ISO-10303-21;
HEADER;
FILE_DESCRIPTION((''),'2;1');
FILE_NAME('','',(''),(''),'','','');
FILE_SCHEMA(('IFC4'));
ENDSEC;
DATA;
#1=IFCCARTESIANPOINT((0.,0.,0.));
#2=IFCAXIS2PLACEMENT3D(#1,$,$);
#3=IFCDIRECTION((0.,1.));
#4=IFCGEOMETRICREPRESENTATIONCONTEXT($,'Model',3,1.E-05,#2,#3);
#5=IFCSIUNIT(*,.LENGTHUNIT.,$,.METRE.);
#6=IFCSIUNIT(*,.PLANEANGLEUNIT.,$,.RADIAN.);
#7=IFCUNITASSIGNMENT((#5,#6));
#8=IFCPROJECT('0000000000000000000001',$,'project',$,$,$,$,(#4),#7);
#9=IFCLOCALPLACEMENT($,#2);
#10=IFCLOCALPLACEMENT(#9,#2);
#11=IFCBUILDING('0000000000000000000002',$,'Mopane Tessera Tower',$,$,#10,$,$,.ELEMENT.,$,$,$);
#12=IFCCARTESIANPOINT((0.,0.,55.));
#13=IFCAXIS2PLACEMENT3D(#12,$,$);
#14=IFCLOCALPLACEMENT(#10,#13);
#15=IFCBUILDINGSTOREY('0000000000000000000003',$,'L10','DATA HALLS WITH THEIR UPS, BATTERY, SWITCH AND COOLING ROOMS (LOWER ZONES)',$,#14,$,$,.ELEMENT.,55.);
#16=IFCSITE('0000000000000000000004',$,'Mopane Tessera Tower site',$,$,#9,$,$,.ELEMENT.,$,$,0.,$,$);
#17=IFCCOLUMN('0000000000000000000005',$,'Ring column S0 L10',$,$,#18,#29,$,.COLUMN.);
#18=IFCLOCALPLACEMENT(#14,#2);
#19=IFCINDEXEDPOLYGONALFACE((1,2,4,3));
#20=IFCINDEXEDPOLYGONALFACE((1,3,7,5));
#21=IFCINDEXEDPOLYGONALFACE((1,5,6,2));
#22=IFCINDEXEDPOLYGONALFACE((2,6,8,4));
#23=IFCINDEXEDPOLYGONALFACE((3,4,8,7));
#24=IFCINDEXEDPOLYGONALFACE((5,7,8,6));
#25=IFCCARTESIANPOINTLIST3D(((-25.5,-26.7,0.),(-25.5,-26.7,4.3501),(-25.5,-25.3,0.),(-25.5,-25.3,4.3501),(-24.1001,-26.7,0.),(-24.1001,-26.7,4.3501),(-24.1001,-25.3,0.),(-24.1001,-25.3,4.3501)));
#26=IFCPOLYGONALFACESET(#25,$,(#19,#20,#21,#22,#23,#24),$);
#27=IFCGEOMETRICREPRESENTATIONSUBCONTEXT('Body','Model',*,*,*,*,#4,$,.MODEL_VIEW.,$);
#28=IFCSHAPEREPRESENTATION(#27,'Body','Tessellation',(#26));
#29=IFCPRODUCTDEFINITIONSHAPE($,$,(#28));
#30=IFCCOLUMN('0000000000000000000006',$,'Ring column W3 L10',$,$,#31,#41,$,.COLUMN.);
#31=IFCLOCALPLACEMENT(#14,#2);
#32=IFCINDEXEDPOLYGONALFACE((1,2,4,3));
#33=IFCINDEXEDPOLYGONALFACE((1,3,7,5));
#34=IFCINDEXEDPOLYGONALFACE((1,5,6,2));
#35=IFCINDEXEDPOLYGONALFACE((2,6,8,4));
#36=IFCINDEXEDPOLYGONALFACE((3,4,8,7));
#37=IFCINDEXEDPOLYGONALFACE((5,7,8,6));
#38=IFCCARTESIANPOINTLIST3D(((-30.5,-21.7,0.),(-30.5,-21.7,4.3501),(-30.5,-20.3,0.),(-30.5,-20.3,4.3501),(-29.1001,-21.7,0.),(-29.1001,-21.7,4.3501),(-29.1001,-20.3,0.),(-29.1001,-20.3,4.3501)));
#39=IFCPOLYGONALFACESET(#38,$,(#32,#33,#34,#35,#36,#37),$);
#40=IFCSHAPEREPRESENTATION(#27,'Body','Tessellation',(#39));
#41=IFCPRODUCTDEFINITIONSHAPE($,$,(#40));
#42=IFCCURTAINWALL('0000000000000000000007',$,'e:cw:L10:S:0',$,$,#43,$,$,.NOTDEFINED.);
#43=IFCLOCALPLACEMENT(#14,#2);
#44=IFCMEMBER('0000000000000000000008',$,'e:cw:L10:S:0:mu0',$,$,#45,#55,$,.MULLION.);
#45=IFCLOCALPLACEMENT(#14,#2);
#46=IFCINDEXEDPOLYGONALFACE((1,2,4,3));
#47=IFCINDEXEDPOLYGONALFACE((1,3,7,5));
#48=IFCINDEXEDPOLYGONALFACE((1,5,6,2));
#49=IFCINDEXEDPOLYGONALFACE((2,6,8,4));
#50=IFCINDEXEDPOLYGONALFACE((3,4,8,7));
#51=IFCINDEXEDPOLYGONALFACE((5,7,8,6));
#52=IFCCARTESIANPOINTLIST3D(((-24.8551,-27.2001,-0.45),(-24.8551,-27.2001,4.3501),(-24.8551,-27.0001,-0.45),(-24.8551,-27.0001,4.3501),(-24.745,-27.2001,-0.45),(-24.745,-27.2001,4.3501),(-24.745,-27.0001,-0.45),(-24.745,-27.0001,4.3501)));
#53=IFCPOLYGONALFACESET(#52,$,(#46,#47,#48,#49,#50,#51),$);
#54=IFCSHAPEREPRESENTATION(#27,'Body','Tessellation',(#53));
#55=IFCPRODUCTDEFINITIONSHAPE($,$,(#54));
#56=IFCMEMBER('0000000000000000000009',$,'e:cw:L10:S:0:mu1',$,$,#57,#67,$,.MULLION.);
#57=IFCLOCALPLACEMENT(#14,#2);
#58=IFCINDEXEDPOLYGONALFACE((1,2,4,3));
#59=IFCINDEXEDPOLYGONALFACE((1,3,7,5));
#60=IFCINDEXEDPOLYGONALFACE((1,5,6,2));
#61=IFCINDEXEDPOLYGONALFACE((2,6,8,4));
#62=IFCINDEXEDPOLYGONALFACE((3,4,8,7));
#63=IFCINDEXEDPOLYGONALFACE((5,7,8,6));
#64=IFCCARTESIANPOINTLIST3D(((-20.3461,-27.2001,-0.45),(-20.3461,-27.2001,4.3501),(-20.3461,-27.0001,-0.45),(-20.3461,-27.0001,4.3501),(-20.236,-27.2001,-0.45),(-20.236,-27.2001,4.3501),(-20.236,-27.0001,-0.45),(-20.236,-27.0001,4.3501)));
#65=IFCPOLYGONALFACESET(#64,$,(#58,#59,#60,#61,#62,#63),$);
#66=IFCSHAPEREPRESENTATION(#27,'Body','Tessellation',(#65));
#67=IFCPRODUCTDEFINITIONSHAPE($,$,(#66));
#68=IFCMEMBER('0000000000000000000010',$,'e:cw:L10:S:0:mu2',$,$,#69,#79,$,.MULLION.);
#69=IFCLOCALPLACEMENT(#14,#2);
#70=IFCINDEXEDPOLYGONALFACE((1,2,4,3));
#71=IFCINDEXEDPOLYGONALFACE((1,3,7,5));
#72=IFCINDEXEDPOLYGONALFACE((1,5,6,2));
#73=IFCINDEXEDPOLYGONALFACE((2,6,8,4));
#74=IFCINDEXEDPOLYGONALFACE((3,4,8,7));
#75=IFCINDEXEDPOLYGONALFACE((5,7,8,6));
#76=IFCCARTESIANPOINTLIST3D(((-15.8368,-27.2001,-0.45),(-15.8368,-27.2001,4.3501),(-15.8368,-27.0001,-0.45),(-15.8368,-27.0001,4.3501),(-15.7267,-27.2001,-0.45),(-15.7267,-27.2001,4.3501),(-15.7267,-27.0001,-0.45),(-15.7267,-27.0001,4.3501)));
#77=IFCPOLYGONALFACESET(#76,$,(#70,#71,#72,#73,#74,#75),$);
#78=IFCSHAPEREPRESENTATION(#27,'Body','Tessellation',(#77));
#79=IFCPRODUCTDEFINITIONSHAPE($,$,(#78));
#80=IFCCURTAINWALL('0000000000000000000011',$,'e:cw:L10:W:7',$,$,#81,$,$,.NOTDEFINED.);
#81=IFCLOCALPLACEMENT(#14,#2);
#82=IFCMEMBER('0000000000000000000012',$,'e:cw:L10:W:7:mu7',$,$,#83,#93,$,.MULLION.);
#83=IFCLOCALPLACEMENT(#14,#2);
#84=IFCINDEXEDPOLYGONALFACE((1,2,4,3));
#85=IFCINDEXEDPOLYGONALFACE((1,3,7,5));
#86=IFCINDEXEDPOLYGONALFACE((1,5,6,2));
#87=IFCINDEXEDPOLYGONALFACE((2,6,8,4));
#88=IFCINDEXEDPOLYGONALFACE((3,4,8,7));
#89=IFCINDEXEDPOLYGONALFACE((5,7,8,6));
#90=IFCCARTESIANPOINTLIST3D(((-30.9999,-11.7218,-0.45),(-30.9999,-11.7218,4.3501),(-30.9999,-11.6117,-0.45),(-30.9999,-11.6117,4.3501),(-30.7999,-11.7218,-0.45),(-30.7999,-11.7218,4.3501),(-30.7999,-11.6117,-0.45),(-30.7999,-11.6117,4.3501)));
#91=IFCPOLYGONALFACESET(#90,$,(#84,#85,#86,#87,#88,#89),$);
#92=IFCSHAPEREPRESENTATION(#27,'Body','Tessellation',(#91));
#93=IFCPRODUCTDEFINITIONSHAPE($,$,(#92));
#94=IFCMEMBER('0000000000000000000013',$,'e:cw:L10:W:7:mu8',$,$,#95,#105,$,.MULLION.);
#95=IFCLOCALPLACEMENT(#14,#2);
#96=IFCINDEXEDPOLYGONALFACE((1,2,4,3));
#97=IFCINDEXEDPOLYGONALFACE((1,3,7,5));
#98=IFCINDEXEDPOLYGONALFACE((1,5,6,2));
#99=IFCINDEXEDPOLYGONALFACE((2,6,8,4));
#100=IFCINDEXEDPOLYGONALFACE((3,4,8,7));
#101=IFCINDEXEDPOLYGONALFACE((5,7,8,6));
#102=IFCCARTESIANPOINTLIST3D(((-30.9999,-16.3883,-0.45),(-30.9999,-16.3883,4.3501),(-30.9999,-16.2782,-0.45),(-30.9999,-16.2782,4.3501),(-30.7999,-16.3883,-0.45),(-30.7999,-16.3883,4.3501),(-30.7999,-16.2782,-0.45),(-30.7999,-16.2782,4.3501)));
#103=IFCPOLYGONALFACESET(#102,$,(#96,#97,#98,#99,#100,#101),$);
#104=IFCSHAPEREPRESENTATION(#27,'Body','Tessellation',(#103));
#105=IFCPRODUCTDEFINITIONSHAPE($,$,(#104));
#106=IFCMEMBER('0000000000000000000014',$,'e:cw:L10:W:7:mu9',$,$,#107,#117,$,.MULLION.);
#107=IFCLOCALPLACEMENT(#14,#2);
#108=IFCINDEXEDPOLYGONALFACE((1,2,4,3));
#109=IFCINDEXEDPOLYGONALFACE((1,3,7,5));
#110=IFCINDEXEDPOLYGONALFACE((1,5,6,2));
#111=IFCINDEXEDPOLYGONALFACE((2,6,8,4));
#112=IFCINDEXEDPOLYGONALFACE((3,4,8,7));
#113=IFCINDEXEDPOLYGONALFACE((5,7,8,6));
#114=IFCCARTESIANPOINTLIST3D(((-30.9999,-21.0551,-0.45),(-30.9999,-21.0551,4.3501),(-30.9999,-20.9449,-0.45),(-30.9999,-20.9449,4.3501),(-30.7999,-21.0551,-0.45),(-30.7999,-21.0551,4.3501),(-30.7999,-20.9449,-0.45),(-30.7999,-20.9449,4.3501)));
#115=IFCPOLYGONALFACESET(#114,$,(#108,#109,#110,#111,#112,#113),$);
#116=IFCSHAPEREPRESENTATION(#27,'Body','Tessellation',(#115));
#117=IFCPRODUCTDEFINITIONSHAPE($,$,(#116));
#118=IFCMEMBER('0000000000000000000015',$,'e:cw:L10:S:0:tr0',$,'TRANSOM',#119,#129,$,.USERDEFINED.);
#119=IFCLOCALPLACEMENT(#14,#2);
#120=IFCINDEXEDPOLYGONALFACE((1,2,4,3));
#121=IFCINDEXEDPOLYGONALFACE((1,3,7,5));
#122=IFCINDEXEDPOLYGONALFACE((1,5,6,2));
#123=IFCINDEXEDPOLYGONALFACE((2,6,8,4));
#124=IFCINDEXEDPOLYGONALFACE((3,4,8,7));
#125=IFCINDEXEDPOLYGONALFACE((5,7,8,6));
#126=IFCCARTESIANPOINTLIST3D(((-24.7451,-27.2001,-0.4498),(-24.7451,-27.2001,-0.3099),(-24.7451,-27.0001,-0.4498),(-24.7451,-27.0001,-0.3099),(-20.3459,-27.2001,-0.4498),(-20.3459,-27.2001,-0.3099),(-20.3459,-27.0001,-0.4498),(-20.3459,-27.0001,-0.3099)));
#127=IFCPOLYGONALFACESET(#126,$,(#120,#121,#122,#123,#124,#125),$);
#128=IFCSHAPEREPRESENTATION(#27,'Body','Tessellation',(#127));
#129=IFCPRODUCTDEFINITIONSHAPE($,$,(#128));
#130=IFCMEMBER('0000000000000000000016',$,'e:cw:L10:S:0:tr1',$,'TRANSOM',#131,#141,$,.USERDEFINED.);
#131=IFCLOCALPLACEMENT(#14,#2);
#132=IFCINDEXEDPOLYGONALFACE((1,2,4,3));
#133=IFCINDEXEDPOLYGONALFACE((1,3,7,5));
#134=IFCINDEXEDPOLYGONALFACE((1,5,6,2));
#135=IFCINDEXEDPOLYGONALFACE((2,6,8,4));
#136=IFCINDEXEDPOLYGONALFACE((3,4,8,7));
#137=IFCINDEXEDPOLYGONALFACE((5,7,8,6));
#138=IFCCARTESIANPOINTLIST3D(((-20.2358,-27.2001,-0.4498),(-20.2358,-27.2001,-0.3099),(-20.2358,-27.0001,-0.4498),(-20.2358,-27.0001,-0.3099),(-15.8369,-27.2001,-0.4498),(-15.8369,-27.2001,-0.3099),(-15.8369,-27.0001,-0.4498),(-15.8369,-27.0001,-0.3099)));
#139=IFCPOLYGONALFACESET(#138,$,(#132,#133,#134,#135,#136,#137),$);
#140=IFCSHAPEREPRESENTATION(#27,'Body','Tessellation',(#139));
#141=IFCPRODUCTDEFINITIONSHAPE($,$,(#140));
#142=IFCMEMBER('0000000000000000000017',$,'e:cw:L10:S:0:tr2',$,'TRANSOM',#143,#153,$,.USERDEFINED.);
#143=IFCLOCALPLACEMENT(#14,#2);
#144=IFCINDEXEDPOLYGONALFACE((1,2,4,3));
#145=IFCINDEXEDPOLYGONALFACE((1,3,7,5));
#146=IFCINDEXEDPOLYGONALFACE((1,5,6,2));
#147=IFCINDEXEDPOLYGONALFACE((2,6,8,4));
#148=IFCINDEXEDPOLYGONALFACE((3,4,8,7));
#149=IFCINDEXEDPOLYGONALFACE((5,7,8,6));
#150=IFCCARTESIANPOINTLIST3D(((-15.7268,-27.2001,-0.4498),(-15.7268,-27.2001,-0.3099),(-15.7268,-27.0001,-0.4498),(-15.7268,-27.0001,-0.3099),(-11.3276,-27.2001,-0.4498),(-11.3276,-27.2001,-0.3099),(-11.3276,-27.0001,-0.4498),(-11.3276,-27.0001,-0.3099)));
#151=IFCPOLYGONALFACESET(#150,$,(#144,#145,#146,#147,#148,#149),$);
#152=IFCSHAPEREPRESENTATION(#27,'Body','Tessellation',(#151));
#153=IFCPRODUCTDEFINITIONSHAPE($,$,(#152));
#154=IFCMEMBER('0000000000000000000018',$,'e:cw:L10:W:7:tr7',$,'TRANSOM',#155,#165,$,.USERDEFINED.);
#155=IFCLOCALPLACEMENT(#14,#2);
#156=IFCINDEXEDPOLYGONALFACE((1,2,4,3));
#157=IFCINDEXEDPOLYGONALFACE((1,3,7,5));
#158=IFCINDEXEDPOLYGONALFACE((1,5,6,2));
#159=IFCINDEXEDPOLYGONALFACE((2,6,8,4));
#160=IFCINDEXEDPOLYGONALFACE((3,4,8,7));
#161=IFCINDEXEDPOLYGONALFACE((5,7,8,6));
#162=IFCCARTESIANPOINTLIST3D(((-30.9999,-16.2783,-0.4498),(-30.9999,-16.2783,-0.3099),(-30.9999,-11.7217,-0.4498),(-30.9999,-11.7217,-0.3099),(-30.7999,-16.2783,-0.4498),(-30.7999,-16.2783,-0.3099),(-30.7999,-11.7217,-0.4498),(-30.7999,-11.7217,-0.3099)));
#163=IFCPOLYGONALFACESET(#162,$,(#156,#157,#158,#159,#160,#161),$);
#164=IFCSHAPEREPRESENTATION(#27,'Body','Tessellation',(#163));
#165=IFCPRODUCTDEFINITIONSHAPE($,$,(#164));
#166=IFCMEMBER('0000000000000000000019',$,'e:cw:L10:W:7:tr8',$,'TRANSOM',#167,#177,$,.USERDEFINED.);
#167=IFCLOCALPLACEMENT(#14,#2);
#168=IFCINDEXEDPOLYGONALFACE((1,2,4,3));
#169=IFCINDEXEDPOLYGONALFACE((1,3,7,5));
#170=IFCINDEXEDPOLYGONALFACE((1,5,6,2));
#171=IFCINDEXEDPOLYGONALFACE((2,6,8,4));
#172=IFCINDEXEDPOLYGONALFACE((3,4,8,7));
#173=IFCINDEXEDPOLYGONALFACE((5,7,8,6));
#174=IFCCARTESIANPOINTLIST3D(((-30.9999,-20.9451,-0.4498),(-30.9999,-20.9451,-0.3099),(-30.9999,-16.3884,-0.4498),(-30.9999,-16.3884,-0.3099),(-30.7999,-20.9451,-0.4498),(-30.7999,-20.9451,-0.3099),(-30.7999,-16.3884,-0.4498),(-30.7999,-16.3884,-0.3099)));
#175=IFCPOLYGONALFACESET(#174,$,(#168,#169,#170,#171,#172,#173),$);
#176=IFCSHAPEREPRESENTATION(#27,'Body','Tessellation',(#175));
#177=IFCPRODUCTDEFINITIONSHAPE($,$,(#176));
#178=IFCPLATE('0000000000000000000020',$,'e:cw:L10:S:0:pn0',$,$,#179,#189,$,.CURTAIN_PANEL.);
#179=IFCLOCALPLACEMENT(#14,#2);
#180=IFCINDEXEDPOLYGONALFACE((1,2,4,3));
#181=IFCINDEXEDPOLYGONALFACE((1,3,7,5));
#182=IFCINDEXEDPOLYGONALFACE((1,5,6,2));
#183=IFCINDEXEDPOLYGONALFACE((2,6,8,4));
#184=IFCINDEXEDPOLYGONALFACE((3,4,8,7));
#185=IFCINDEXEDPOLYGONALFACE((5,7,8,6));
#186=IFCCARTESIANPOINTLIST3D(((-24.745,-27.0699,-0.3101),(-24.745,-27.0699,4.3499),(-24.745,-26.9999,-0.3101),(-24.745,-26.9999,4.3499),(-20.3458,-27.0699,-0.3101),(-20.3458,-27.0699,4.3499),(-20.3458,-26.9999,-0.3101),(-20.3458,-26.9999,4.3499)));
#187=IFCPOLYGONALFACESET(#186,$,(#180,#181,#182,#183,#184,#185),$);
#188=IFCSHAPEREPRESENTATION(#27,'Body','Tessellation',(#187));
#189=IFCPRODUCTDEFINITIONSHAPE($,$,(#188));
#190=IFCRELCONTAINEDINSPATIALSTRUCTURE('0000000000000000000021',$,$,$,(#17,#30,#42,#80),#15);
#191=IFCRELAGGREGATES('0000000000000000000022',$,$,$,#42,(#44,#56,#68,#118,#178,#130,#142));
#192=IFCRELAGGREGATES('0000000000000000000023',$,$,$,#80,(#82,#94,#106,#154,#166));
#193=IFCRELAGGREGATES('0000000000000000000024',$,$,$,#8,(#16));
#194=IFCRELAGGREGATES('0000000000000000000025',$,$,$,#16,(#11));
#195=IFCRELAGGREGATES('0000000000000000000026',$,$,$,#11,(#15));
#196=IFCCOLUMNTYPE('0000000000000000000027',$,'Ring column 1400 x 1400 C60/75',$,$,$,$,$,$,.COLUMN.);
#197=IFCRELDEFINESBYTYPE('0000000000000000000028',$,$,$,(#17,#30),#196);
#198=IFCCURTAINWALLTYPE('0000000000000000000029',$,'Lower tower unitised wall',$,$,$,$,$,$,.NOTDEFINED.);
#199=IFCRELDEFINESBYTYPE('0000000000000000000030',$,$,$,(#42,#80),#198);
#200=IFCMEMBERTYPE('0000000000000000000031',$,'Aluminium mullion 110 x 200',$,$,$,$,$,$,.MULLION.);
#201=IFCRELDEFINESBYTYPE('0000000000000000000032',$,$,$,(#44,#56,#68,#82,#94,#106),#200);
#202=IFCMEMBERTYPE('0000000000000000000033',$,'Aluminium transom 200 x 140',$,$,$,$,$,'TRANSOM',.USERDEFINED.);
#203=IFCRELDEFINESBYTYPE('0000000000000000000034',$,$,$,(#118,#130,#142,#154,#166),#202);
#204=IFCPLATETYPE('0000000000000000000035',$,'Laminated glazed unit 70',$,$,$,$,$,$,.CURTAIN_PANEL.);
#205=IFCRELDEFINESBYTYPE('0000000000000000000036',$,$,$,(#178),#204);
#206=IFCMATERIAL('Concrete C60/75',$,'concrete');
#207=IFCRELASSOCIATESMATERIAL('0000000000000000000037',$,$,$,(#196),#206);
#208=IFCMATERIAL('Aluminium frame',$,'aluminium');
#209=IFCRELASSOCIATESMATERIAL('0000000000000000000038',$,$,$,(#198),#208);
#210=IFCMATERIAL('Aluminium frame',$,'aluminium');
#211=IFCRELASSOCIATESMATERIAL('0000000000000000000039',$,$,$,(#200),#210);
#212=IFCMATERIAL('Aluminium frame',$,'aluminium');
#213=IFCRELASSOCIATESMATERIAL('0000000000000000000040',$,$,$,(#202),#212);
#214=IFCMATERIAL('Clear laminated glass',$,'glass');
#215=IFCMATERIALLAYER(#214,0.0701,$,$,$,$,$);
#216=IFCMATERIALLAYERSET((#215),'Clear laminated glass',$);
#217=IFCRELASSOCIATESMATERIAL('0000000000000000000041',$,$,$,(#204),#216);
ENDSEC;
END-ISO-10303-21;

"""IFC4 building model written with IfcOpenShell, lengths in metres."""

from ifc_helpers import new_model, si_unit, direction, frame, origin, origin_2d, place, context, subcontext, project, spatial, rectangle, extrude, material, layer, layer_set, material_profile, profile_set, type_object, element, aggregate, save


model = new_model("IFC4")

# Units and contexts
model_context = context("Model", 3, precision=1e-05, world=origin(), true_north=direction((0.0, 1.0)))
body_context = subcontext(model_context, "Body", "Model", "MODEL_VIEW")
ifc_project = project(units=[si_unit("LENGTHUNIT", "METRE"), si_unit("PLANEANGLEUNIT", "RADIAN")], contexts=[model_context])

# Site, building, storey
site_placement = place(None, origin())
site = spatial("IfcSite", under=ifc_project, at=site_placement, Name="Mopane Tessera Tower site", CompositionType="ELEMENT", RefElevation=0.0)
building_placement = place(site_placement, origin())
building = spatial("IfcBuilding", under=site, at=building_placement, Name="Mopane Tessera Tower", CompositionType="ELEMENT")
storey_placement = place(building_placement, frame((0.0, 0.0, 55.0)))
storey = spatial("IfcBuildingStorey", under=building, at=storey_placement, Name="L10", Description="DATA HALLS WITH THEIR UPS, BATTERY, SWITCH AND COOLING ROOMS (LOWER ZONES)", CompositionType="ELEMENT", Elevation=55.0)

# Columns
ifc_material_1 = material(Name="Concrete C60/75", Category="concrete")
ifc_material_profile_1 = material_profile(ifc_material_1, rectangle(XDim=1.3999, YDim=1.3999, at=origin_2d()))
ifc_profile_set_1 = profile_set([ifc_material_profile_1], Name="Concrete C60/75")
column_type = type_object("IfcColumnType", Name="Ring column 1400 x 1400 C60/75", PredefinedType="COLUMN", material=ifc_profile_set_1)
for number, where, z_axis, x_axis, name in (
    (1, (-24.8, -26.0, 0.0), (0.0, 0.0, 1.0), (1.0, 0.0, 0.0), "Ring column S0 L10"),
    (2, (-29.8, -21.0, 0.0), (0.0, 0.0, 1.0), (1.0, 0.0, 0.0), "Ring column W3 L10"),
):
    element("IfcColumn", number, at=place(storey_placement, frame(where, z_axis=z_axis, x_axis=x_axis)), inside=storey, type_object=column_type, Name=name, PredefinedType="COLUMN", context=body_context, shape_type="SweptSolid", body=[
        extrude(rectangle(XDim=1.3999, YDim=1.3999, at=origin_2d()), origin(), (0.0, 0.0, 1.0), 4.3501),
    ])

# Curtain walls, members
ifc_material_2 = material(Name="Aluminium frame", Category="aluminium")
curtain_wall_type = type_object("IfcCurtainWallType", Name="Lower tower unitised wall", PredefinedType="NOTDEFINED", material=ifc_material_2)
curtain_wall_1_placement = place(storey_placement, origin())
curtain_wall_1 = element("IfcCurtainWall", 3, at=curtain_wall_1_placement, inside=storey, type_object=curtain_wall_type, Name="e:cw:L10:S:0", PredefinedType="NOTDEFINED")
ifc_material_3 = material(Name="Aluminium frame", Category="aluminium")
ifc_material_profile_2 = material_profile(ifc_material_3, rectangle(XDim=0.1101, YDim=0.2, at=origin_2d()))
ifc_profile_set_2 = profile_set([ifc_material_profile_2], Name="Aluminium frame")
member_type_1 = type_object("IfcMemberType", Name="Aluminium mullion 110 x 200", PredefinedType="MULLION", material=ifc_profile_set_2)
member_1_placement = place(storey_placement, frame((-24.8, -27.1001, -0.45), z_axis=(0.0, 0.0, 1.0), x_axis=(1.0, 0.0, 0.0)))
member_1 = element("IfcMember", 4, at=member_1_placement, type_object=member_type_1, Name="e:cw:L10:S:0:mu0", PredefinedType="MULLION", context=body_context, shape_type="SweptSolid", body=[
    extrude(rectangle(XDim=0.1101, YDim=0.2, at=origin_2d()), origin(), (0.0, 0.0, 1.0), 4.8),
])
member_2_placement = place(storey_placement, frame((-20.291, -27.1001, -0.45), z_axis=(0.0, 0.0, 1.0), x_axis=(1.0, 0.0, 0.0)))
member_2 = element("IfcMember", 5, at=member_2_placement, type_object=member_type_1, Name="e:cw:L10:S:0:mu1", PredefinedType="MULLION", context=body_context, shape_type="SweptSolid", body=[
    extrude(rectangle(XDim=0.1101, YDim=0.2, at=origin_2d()), origin(), (0.0, 0.0, 1.0), 4.8),
])
member_3_placement = place(storey_placement, frame((-15.7817, -27.1001, -0.45), z_axis=(0.0, 0.0, 1.0), x_axis=(1.0, 0.0, 0.0)))
member_3 = element("IfcMember", 6, at=member_3_placement, type_object=member_type_1, Name="e:cw:L10:S:0:mu2", PredefinedType="MULLION", context=body_context, shape_type="SweptSolid", body=[
    extrude(rectangle(XDim=0.1101, YDim=0.2, at=origin_2d()), origin(), (0.0, 0.0, 1.0), 4.8),
])
curtain_wall_2_placement = place(storey_placement, origin())
curtain_wall_2 = element("IfcCurtainWall", 7, at=curtain_wall_2_placement, inside=storey, type_object=curtain_wall_type, Name="e:cw:L10:W:7", PredefinedType="NOTDEFINED")
member_4_placement = place(storey_placement, frame((-30.8999, -11.6667, -0.45), z_axis=(0.0, 0.0, 1.0), x_axis=(0.0, -1.0, 0.0)))
member_4 = element("IfcMember", 8, at=member_4_placement, type_object=member_type_1, Name="e:cw:L10:W:7:mu7", PredefinedType="MULLION", context=body_context, shape_type="SweptSolid", body=[
    extrude(rectangle(XDim=0.1101, YDim=0.2, at=origin_2d()), origin(), (0.0, 0.0, 1.0), 4.8),
])
member_5_placement = place(storey_placement, frame((-30.8999, -16.3333, -0.45), z_axis=(0.0, 0.0, 1.0), x_axis=(0.0, -1.0, 0.0)))
member_5 = element("IfcMember", 9, at=member_5_placement, type_object=member_type_1, Name="e:cw:L10:W:7:mu8", PredefinedType="MULLION", context=body_context, shape_type="SweptSolid", body=[
    extrude(rectangle(XDim=0.1101, YDim=0.2, at=origin_2d()), origin(), (0.0, 0.0, 1.0), 4.8),
])
member_6_placement = place(storey_placement, frame((-30.8999, -21.0, -0.45), z_axis=(0.0, 0.0, 1.0), x_axis=(0.0, -1.0, 0.0)))
member_6 = element("IfcMember", 10, at=member_6_placement, type_object=member_type_1, Name="e:cw:L10:W:7:mu9", PredefinedType="MULLION", context=body_context, shape_type="SweptSolid", body=[
    extrude(rectangle(XDim=0.1101, YDim=0.2, at=origin_2d()), origin(), (0.0, 0.0, 1.0), 4.8),
])

# Members
ifc_material_4 = material(Name="Aluminium frame", Category="aluminium")
ifc_material_profile_3 = material_profile(ifc_material_4, rectangle(XDim=0.2, YDim=0.1399, at=origin_2d()))
ifc_profile_set_3 = profile_set([ifc_material_profile_3], Name="Aluminium frame")
member_type_2 = type_object("IfcMemberType", Name="Aluminium transom 200 x 140", ElementType="TRANSOM", PredefinedType="USERDEFINED", material=ifc_profile_set_3)
member_7_placement = place(storey_placement, frame((-24.7451, -27.1001, -0.3799), z_axis=(1.0, 0.0, 0.0), x_axis=(0.0, 1.0, 0.0)))
member_7 = element("IfcMember", 11, at=member_7_placement, type_object=member_type_2, Name="e:cw:L10:S:0:tr0", ObjectType="TRANSOM", PredefinedType="USERDEFINED", context=body_context, shape_type="SweptSolid", body=[
    extrude(rectangle(XDim=0.2, YDim=0.1399, at=origin_2d()), origin(), (0.0, 0.0, 1.0), 4.3992),
])
member_8_placement = place(storey_placement, frame((-20.2358, -27.1001, -0.3799), z_axis=(1.0, 0.0, 0.0), x_axis=(0.0, 1.0, 0.0)))
member_8 = element("IfcMember", 12, at=member_8_placement, type_object=member_type_2, Name="e:cw:L10:S:0:tr1", ObjectType="TRANSOM", PredefinedType="USERDEFINED", context=body_context, shape_type="SweptSolid", body=[
    extrude(rectangle(XDim=0.2, YDim=0.1399, at=origin_2d()), origin(), (0.0, 0.0, 1.0), 4.3989),
])
member_9_placement = place(storey_placement, frame((-15.7268, -27.1001, -0.3799), z_axis=(1.0, 0.0, 0.0), x_axis=(0.0, 1.0, 0.0)))
member_9 = element("IfcMember", 13, at=member_9_placement, type_object=member_type_2, Name="e:cw:L10:S:0:tr2", ObjectType="TRANSOM", PredefinedType="USERDEFINED", context=body_context, shape_type="SweptSolid", body=[
    extrude(rectangle(XDim=0.2, YDim=0.1399, at=origin_2d()), origin(), (0.0, 0.0, 1.0), 4.3992),
])
member_10_placement = place(storey_placement, frame((-30.8999, -11.7217, -0.3799), z_axis=(0.0, -1.0, 0.0), x_axis=(1.0, 0.0, 0.0)))
member_10 = element("IfcMember", 14, at=member_10_placement, type_object=member_type_2, Name="e:cw:L10:W:7:tr7", ObjectType="TRANSOM", PredefinedType="USERDEFINED", context=body_context, shape_type="SweptSolid", body=[
    extrude(rectangle(XDim=0.2, YDim=0.1399, at=origin_2d()), origin(), (0.0, 0.0, 1.0), 4.5566),
])
member_11_placement = place(storey_placement, frame((-30.8999, -16.3884, -0.3799), z_axis=(0.0, -1.0, 0.0), x_axis=(1.0, 0.0, 0.0)))
member_11 = element("IfcMember", 15, at=member_11_placement, type_object=member_type_2, Name="e:cw:L10:W:7:tr8", ObjectType="TRANSOM", PredefinedType="USERDEFINED", context=body_context, shape_type="SweptSolid", body=[
    extrude(rectangle(XDim=0.2, YDim=0.1399, at=origin_2d()), origin(), (0.0, 0.0, 1.0), 4.5566),
])

# Plate
ifc_material_5 = material(Name="Clear laminated glass", Category="glass")
ifc_layer_1 = layer(ifc_material_5, 0.0701)
ifc_layer_set_1 = layer_set([ifc_layer_1], Name="Clear laminated glass")
plate_type = type_object("IfcPlateType", Name="Laminated glazed unit 70", PredefinedType="CURTAIN_PANEL", material=ifc_layer_set_1)
plate_1_placement = place(storey_placement, frame((-22.5454, -27.0349, -0.3101), z_axis=(0.0, 0.0, 1.0), x_axis=(1.0, 0.0, 0.0)))
plate_1 = element("IfcPlate", 16, at=plate_1_placement, type_object=plate_type, Name="e:cw:L10:S:0:pn0", PredefinedType="CURTAIN_PANEL", context=body_context, shape_type="SweptSolid", body=[
    extrude(rectangle(XDim=4.3992, YDim=0.0701, at=origin_2d()), origin(), (0.0, 0.0, 1.0), 4.6599),
])
aggregate(curtain_wall_1, [member_1, member_2, member_3, member_7, plate_1, member_8, member_9])
aggregate(curtain_wall_2, [member_4, member_5, member_6, member_10, member_11])

save(model, "model.ifc")
